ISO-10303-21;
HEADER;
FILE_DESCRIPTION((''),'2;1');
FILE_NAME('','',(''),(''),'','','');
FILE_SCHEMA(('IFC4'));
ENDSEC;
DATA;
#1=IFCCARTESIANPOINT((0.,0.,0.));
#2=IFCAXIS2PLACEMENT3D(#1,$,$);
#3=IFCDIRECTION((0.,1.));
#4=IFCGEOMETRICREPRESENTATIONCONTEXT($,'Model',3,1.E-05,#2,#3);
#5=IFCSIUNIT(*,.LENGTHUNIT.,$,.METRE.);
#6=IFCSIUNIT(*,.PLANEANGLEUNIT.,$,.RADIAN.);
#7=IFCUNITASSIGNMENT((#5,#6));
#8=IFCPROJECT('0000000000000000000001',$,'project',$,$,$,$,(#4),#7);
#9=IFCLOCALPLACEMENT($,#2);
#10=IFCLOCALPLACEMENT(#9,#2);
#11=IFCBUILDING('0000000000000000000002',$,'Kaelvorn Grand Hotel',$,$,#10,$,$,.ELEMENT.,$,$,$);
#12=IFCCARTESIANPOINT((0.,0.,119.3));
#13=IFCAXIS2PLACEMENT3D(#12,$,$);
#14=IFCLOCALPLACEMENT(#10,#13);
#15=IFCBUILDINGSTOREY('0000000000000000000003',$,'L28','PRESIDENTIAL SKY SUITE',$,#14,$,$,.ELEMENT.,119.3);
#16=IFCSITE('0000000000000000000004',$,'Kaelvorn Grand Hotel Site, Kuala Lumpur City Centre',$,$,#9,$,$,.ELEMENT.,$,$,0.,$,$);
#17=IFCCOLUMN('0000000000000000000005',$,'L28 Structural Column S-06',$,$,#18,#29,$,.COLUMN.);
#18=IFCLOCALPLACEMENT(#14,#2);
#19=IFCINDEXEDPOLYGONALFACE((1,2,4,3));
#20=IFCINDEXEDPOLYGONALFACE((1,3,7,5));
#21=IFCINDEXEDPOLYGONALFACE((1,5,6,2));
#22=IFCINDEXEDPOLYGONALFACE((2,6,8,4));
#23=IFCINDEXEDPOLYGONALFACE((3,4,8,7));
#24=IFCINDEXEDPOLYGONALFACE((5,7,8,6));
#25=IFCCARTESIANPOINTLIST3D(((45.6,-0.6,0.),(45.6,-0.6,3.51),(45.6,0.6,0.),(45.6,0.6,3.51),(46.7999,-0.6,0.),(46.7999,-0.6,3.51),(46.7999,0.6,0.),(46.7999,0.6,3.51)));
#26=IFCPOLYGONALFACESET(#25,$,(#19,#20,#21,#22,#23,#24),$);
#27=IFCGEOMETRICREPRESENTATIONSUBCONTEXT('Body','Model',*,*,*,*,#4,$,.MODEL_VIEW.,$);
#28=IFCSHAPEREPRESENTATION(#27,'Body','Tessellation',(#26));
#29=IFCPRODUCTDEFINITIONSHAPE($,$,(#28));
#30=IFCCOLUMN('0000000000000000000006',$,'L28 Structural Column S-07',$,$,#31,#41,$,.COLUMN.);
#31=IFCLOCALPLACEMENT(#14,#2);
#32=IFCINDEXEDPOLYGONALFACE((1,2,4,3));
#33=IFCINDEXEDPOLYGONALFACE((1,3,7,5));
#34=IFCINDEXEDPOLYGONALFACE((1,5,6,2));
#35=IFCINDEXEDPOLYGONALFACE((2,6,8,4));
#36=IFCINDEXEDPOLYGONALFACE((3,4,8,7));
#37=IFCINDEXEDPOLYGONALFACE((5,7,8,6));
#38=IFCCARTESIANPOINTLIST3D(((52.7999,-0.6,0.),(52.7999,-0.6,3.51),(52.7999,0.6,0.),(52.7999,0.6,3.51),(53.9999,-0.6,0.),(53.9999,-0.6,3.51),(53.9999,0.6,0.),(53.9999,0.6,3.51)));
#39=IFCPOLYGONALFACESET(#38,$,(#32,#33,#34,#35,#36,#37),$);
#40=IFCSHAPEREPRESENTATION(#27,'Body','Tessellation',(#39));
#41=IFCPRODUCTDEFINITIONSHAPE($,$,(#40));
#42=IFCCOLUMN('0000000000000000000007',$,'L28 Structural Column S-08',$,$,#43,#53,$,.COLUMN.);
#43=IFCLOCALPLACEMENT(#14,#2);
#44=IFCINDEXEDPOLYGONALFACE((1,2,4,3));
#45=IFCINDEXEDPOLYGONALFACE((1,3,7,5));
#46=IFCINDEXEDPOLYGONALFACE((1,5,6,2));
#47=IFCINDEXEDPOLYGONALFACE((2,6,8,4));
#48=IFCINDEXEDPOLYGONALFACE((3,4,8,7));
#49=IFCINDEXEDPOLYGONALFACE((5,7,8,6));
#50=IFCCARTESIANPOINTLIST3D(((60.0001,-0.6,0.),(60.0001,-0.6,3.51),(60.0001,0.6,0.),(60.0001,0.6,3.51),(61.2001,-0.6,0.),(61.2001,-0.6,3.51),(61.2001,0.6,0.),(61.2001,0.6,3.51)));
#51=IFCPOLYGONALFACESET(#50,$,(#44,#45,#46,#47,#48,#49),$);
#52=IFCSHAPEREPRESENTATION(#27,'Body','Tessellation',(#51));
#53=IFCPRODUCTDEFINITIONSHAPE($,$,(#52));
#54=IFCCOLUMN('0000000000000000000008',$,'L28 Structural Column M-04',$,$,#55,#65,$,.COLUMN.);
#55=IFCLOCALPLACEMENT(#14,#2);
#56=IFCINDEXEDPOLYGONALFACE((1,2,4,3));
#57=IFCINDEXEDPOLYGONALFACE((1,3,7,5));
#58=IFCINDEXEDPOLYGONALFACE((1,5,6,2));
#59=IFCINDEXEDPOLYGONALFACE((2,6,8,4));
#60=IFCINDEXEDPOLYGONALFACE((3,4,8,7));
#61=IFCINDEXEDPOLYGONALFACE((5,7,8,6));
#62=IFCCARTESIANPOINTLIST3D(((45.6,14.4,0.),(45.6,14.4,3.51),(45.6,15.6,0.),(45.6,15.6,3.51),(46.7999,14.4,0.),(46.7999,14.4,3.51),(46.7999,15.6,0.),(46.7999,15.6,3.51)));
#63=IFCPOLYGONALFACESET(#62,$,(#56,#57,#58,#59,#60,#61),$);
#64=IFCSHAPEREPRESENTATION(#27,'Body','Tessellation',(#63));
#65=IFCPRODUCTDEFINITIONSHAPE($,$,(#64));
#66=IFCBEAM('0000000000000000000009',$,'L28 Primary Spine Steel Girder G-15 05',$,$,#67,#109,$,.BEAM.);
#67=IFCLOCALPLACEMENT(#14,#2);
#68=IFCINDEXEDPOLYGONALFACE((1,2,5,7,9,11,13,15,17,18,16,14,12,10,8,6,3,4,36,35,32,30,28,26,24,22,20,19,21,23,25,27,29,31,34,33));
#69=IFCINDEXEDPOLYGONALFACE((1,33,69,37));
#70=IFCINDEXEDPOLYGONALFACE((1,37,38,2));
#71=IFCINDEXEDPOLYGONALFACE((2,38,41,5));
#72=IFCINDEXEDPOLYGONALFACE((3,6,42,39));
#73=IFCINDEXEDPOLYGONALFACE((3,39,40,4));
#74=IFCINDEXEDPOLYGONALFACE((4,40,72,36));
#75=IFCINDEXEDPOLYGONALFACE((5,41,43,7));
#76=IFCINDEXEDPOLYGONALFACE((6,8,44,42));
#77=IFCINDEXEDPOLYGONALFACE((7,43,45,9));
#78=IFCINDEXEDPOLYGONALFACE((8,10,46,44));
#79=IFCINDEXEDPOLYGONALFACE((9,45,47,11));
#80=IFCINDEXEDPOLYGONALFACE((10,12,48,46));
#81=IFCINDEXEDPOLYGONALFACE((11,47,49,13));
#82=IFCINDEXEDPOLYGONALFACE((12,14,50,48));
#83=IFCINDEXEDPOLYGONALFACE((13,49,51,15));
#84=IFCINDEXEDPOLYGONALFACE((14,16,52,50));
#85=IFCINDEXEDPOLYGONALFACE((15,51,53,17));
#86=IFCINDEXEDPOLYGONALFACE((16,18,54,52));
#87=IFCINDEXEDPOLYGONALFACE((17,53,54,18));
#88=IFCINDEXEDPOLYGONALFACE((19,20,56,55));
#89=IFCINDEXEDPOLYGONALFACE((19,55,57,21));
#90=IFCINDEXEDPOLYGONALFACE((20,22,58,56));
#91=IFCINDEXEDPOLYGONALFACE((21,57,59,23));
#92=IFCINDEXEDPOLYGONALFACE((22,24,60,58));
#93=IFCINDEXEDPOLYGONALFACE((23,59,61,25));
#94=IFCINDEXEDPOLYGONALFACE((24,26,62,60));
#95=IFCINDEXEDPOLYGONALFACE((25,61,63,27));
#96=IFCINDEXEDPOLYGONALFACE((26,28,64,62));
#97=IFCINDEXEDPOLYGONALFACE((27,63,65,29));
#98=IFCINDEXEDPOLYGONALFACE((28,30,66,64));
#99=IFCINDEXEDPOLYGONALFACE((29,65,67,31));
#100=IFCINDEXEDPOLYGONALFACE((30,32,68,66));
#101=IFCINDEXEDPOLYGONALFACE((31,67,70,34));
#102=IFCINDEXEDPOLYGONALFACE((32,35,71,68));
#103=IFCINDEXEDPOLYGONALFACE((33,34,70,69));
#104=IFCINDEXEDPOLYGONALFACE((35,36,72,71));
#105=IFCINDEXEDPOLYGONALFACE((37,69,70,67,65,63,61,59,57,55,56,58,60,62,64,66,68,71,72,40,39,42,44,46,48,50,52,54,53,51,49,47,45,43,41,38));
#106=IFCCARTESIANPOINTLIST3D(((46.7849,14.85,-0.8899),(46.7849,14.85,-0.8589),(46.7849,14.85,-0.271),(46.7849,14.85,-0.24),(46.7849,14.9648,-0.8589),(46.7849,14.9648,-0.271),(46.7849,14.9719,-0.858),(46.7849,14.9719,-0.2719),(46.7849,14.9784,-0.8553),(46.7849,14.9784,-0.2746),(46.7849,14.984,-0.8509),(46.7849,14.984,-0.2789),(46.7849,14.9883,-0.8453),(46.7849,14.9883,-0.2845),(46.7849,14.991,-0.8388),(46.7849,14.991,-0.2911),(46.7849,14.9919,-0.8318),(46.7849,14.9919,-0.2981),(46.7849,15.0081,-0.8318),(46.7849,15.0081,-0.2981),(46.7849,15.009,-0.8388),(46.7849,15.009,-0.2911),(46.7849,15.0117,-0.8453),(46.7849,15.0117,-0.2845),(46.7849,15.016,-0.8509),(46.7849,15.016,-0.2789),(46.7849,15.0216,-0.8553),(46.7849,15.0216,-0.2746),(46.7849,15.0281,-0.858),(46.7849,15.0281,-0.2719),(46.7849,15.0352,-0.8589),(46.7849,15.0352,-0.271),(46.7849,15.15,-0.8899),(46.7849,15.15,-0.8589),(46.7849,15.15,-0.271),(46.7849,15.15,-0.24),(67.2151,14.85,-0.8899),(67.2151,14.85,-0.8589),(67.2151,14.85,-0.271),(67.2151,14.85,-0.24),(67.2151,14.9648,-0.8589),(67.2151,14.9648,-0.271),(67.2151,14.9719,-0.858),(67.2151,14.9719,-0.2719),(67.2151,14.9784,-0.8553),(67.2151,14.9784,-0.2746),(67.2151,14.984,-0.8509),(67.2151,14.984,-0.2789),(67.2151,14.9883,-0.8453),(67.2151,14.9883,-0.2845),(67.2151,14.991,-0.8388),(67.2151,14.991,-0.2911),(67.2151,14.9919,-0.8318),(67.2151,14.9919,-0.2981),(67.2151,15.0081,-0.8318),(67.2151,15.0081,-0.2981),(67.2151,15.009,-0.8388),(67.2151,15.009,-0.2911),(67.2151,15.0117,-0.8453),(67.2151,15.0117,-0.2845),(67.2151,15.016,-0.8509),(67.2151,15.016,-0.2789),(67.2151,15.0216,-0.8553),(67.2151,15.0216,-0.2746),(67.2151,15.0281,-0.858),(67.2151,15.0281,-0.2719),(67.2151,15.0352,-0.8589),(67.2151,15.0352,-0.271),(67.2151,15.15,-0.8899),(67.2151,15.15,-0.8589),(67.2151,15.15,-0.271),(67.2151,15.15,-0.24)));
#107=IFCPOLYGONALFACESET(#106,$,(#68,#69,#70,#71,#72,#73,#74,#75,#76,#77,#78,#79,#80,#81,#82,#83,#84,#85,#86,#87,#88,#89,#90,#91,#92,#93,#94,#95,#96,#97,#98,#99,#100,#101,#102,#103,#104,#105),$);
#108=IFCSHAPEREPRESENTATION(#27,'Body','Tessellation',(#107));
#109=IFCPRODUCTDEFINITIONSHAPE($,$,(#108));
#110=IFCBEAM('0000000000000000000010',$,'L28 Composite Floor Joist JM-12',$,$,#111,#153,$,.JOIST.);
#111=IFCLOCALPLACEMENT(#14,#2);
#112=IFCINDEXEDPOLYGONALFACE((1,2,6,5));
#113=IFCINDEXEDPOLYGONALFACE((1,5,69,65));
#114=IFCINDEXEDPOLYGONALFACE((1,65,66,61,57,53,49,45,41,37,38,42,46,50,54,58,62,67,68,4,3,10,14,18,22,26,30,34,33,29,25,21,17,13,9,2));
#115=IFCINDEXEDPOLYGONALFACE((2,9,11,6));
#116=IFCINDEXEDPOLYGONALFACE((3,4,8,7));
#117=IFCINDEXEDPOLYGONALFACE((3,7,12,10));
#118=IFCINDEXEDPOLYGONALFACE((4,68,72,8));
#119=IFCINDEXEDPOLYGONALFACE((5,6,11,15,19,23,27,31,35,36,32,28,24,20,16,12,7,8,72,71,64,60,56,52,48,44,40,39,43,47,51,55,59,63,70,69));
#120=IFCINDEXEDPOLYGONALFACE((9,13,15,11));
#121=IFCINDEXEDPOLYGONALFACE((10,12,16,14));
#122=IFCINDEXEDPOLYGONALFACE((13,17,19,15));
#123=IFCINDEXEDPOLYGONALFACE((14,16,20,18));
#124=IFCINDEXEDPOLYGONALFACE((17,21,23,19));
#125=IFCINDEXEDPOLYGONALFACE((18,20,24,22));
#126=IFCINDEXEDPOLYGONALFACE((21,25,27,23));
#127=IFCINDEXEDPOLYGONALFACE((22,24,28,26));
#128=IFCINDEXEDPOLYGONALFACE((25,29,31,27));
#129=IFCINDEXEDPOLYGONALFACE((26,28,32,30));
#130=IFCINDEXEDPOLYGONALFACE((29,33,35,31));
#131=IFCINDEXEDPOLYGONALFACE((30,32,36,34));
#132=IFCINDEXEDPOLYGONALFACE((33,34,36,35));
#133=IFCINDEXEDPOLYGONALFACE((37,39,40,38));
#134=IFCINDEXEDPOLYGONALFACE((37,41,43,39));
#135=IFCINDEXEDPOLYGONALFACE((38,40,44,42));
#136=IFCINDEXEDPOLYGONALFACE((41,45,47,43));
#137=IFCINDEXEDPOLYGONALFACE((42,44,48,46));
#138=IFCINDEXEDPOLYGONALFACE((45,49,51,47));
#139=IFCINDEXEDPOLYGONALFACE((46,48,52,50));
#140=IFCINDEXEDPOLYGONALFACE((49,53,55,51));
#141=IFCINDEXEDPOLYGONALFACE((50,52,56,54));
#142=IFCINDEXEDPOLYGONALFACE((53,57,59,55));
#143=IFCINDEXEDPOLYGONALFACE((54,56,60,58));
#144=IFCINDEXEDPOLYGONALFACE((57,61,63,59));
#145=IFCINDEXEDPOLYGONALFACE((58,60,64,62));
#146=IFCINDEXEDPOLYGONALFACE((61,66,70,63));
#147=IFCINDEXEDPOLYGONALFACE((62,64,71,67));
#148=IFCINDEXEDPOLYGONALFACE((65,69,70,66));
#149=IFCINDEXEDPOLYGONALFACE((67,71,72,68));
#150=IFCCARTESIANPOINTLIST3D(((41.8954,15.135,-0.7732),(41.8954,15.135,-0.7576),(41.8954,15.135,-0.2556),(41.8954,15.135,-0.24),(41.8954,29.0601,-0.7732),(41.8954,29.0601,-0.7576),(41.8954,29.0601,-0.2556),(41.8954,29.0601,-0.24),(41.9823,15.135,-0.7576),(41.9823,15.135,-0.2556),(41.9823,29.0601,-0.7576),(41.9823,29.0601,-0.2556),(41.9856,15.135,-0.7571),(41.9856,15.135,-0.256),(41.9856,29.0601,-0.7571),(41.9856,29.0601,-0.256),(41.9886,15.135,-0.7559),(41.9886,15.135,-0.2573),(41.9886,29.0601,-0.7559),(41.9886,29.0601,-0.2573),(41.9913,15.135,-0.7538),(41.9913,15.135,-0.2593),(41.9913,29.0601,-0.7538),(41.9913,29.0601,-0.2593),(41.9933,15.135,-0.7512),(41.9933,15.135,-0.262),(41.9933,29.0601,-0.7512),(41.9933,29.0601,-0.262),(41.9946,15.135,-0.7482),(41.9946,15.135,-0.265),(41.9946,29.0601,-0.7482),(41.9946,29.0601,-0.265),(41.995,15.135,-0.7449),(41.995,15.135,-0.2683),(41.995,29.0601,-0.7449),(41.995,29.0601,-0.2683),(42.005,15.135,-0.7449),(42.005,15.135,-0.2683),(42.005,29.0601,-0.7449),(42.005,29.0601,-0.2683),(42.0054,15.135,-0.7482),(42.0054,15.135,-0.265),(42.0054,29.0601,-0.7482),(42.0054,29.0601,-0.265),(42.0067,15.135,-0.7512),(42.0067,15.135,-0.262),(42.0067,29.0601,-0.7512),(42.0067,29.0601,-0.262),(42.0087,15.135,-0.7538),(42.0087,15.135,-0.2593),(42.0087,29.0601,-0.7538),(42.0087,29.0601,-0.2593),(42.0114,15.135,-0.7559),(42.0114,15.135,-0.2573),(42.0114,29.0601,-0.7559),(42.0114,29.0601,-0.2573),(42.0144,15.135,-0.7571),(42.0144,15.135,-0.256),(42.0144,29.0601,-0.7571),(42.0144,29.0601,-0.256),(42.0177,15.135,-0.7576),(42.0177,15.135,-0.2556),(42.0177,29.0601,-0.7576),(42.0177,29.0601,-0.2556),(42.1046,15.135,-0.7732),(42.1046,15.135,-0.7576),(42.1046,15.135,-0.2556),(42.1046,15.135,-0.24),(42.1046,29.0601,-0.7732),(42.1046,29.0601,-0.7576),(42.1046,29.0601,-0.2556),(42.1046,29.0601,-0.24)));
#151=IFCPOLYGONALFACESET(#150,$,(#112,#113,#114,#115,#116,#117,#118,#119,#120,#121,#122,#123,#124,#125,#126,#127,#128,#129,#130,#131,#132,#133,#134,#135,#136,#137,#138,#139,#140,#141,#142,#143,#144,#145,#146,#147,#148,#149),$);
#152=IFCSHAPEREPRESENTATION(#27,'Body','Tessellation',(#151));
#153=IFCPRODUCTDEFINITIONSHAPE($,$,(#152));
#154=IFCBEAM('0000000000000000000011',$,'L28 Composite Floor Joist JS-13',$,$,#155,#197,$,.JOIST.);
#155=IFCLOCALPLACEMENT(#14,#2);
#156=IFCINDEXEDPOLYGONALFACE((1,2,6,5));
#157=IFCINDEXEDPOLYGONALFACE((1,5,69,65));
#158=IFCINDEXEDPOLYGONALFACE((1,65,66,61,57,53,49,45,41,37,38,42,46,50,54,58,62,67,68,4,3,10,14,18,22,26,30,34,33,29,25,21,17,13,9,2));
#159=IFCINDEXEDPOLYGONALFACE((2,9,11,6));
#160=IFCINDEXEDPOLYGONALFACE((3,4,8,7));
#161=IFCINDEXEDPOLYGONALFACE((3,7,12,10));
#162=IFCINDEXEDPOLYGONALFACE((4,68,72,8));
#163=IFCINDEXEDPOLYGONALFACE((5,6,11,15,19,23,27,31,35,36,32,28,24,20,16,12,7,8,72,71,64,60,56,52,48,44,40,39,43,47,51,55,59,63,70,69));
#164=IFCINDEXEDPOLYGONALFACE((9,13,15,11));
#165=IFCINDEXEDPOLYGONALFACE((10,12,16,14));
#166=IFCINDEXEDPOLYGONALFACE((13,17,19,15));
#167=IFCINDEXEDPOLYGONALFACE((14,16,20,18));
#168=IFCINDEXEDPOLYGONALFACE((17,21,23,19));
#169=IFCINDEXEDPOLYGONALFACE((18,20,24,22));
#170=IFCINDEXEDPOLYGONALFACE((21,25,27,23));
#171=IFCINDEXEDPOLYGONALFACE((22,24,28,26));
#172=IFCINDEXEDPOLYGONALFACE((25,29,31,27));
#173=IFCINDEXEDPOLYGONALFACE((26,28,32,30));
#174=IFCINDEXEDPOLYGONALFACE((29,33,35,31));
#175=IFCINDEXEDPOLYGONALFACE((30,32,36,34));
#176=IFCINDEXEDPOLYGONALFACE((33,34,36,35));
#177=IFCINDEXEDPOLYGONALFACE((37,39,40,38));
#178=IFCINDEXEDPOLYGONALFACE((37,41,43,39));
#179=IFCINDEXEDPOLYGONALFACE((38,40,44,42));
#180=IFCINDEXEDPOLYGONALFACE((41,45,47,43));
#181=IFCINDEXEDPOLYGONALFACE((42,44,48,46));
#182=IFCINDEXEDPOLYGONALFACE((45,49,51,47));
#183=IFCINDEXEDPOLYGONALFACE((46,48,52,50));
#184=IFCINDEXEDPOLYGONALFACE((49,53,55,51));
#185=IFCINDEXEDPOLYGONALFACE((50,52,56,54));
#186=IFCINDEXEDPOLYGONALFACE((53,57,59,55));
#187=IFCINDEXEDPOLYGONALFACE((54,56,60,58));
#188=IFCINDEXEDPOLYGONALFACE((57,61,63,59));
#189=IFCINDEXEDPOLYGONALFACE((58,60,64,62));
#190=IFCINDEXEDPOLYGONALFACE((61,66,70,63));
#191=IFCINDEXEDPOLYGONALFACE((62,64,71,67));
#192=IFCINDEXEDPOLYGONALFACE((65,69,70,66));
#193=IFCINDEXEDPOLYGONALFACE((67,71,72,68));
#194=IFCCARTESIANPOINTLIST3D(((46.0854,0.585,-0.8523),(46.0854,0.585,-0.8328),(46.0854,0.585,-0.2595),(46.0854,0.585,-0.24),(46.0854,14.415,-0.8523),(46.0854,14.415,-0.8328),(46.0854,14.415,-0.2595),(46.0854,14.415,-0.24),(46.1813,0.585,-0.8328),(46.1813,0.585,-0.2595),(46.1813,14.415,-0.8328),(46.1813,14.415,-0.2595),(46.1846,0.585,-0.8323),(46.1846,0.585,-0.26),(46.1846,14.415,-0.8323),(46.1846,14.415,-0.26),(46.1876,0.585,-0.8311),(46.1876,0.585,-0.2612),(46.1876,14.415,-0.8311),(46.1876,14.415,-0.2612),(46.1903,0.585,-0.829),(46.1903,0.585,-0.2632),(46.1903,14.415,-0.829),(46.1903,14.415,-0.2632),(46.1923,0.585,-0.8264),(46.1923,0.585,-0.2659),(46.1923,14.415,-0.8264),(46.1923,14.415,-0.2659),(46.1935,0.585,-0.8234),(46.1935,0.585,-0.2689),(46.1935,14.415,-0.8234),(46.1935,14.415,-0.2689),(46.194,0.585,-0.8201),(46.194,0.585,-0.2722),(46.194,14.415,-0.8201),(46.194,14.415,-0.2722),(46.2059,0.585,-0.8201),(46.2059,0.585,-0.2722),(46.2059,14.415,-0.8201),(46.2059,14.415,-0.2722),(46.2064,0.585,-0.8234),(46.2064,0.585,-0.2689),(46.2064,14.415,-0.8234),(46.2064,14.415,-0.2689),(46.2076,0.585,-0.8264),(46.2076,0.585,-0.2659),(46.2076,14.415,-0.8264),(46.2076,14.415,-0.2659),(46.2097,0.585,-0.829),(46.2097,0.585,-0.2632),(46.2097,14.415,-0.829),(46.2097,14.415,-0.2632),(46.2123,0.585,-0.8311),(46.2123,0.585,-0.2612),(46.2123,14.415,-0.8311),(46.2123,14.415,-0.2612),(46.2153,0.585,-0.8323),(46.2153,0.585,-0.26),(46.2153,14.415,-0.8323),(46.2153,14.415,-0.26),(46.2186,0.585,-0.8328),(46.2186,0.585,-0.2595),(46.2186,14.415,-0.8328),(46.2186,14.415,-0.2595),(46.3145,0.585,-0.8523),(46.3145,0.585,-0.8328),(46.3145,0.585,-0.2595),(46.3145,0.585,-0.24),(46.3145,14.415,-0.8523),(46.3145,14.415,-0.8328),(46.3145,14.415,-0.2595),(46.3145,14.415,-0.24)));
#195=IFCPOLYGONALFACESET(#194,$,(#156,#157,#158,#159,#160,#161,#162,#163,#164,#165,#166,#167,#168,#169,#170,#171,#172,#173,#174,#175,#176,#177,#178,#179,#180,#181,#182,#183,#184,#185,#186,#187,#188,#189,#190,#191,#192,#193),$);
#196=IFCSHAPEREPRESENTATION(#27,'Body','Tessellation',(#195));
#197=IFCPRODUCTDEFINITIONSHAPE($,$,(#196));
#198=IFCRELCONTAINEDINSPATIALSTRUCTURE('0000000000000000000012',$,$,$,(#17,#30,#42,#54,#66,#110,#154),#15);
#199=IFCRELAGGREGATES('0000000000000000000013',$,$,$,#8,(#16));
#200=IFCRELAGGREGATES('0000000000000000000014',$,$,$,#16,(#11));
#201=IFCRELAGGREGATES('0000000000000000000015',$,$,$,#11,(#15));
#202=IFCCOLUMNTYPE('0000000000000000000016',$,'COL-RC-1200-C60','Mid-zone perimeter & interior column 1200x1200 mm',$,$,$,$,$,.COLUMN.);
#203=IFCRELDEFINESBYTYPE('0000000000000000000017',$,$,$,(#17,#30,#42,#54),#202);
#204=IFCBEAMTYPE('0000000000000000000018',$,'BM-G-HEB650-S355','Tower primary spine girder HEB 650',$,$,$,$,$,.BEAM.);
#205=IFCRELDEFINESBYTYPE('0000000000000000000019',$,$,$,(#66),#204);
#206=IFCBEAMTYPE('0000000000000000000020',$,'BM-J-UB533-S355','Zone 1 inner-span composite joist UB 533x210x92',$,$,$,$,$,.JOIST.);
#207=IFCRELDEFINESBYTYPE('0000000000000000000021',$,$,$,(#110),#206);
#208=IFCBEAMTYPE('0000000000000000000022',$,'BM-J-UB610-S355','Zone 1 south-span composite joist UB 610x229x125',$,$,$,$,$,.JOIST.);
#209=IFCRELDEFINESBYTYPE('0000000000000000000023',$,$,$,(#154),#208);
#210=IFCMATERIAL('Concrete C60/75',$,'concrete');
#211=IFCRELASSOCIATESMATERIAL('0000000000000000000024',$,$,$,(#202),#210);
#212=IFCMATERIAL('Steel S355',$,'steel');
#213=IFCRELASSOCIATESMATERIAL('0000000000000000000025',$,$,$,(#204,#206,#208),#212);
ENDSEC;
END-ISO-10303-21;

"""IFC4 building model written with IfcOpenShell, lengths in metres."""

from ifc_helpers import new_model, si_unit, direction, frame, origin, origin_2d, place, context, subcontext, project, spatial, rectangle, i_section, extrude, material, material_profile, profile_set, type_object, element, save


model = new_model("IFC4")

# Units and contexts
model_context = context("Model", 3, precision=1e-05, world=origin(), true_north=direction((0.0, 1.0)))
body_context = subcontext(model_context, "Body", "Model", "MODEL_VIEW")
ifc_project = project(units=[si_unit("LENGTHUNIT", "METRE"), si_unit("PLANEANGLEUNIT", "RADIAN")], contexts=[model_context])

# Site, building, storey
site_placement = place(None, origin())
site = spatial("IfcSite", under=ifc_project, at=site_placement, Name="Kaelvorn Grand Hotel Site, Kuala Lumpur City Centre", CompositionType="ELEMENT", RefElevation=0.0)
building_placement = place(site_placement, origin())
building = spatial("IfcBuilding", under=site, at=building_placement, Name="Kaelvorn Grand Hotel", CompositionType="ELEMENT")
storey_placement = place(building_placement, frame((0.0, 0.0, 119.3)))
storey = spatial("IfcBuildingStorey", under=building, at=storey_placement, Name="L28", Description="PRESIDENTIAL SKY SUITE", CompositionType="ELEMENT", Elevation=119.3)

# Columns
ifc_material_1 = material(Name="Concrete C60/75", Category="concrete")
ifc_material_profile_1 = material_profile(ifc_material_1, rectangle(XDim=1.2, YDim=1.2, at=origin_2d()), Name="RC COL 1200x1200")
ifc_profile_set_1 = profile_set([ifc_material_profile_1], Name="Concrete C60/75")
column_type = type_object("IfcColumnType", Name="COL-RC-1200-C60", Description="Mid-zone perimeter & interior column 1200x1200 mm", PredefinedType="COLUMN", material=ifc_profile_set_1)
for number, where, z_axis, x_axis, name in (
    (1, (46.2, 0.0, 0.0), (0.0, 0.0, 1.0), (1.0, 0.0, 0.0), "L28 Structural Column S-06"),
    (2, (53.3999, 0.0, 0.0), (0.0, 0.0, 1.0), (1.0, 0.0, 0.0), "L28 Structural Column S-07"),
    (3, (60.6001, 0.0, 0.0), (0.0, 0.0, 1.0), (1.0, 0.0, 0.0), "L28 Structural Column S-08"),
    (4, (46.2, 15.0, 0.0), (0.0, 0.0, 1.0), (1.0, 0.0, 0.0), "L28 Structural Column M-04"),
):
    element("IfcColumn", number, at=place(storey_placement, frame(where, z_axis=z_axis, x_axis=x_axis)), inside=storey, type_object=column_type, Name=name, PredefinedType="COLUMN", context=body_context, shape_type="SweptSolid", body=[
        extrude(rectangle(XDim=1.2, YDim=1.2, at=origin_2d()), origin(), (0.0, 0.0, 1.0), 3.51),
    ])

# Beams
ifc_material_2 = material(Name="Steel S355", Category="steel")
ifc_material_profile_2 = material_profile(ifc_material_2, i_section(OverallWidth=0.3, OverallDepth=0.6499, WebThickness=0.0161, FlangeThickness=0.031, FilletRadius=0.0271, at=origin_2d()), Name="HEB 650")
ifc_profile_set_2 = profile_set([ifc_material_profile_2], Name="Steel S355")
beam_type_1 = type_object("IfcBeamType", Name="BM-G-HEB650-S355", Description="Tower primary spine girder HEB 650", PredefinedType="BEAM", material=ifc_profile_set_2)
beam_1_placement = place(storey_placement, frame((46.7849, 15.0, -0.5649), z_axis=(1.0, 0.0, 0.0), x_axis=(0.0, 1.0, 0.0)))
element("IfcBeam", 5, at=beam_1_placement, inside=storey, type_object=beam_type_1, Name="L28 Primary Spine Steel Girder G-15 05", PredefinedType="BEAM", context=body_context, shape_type="SweptSolid", body=[
    extrude(i_section(OverallWidth=0.3, OverallDepth=0.6499, WebThickness=0.0161, FlangeThickness=0.031, FilletRadius=0.0271, at=origin_2d()), origin(), (0.0, 0.0, 1.0), 20.4302),
])
ifc_material_profile_3 = material_profile(ifc_material_2, i_section(OverallWidth=0.2092, OverallDepth=0.5332, WebThickness=0.01, FlangeThickness=0.0156, FilletRadius=0.0127, at=origin_2d()), Name="UB 533x210x92")
ifc_profile_set_3 = profile_set([ifc_material_profile_3], Name="Steel S355")
beam_type_2 = type_object("IfcBeamType", Name="BM-J-UB533-S355", Description="Zone 1 inner-span composite joist UB 533x210x92", PredefinedType="JOIST", material=ifc_profile_set_3)
beam_2_placement = place(storey_placement, frame((42.0, 15.135, -0.5066), z_axis=(0.0, 1.0, 0.0), x_axis=(-1.0, 0.0, 0.0)))
element("IfcBeam", 6, at=beam_2_placement, inside=storey, type_object=beam_type_2, Name="L28 Composite Floor Joist JM-12", PredefinedType="JOIST", context=body_context, shape_type="SweptSolid", body=[
    extrude(i_section(OverallWidth=0.2092, OverallDepth=0.5332, WebThickness=0.01, FlangeThickness=0.0156, FilletRadius=0.0127, at=origin_2d()), origin(), (0.0, 0.0, 1.0), 13.925),
])
ifc_material_profile_4 = material_profile(ifc_material_2, i_section(OverallWidth=0.229, OverallDepth=0.6123, WebThickness=0.012, FlangeThickness=0.0195, FilletRadius=0.0127, at=origin_2d()), Name="UB 610x229x125")
ifc_profile_set_4 = profile_set([ifc_material_profile_4], Name="Steel S355")
beam_type_3 = type_object("IfcBeamType", Name="BM-J-UB610-S355", Description="Zone 1 south-span composite joist UB 610x229x125", PredefinedType="JOIST", material=ifc_profile_set_4)
beam_3_placement = place(storey_placement, frame((46.2, 0.585, -0.5461), z_axis=(0.0, 1.0, 0.0), x_axis=(-1.0, 0.0, 0.0)))
element("IfcBeam", 7, at=beam_3_placement, inside=storey, type_object=beam_type_3, Name="L28 Composite Floor Joist JS-13", PredefinedType="JOIST", context=body_context, shape_type="SweptSolid", body=[
    extrude(i_section(OverallWidth=0.229, OverallDepth=0.6123, WebThickness=0.012, FlangeThickness=0.0195, FilletRadius=0.0127, at=origin_2d()), origin(), (0.0, 0.0, 1.0), 13.8301),
])

save(model, "model.ifc")
